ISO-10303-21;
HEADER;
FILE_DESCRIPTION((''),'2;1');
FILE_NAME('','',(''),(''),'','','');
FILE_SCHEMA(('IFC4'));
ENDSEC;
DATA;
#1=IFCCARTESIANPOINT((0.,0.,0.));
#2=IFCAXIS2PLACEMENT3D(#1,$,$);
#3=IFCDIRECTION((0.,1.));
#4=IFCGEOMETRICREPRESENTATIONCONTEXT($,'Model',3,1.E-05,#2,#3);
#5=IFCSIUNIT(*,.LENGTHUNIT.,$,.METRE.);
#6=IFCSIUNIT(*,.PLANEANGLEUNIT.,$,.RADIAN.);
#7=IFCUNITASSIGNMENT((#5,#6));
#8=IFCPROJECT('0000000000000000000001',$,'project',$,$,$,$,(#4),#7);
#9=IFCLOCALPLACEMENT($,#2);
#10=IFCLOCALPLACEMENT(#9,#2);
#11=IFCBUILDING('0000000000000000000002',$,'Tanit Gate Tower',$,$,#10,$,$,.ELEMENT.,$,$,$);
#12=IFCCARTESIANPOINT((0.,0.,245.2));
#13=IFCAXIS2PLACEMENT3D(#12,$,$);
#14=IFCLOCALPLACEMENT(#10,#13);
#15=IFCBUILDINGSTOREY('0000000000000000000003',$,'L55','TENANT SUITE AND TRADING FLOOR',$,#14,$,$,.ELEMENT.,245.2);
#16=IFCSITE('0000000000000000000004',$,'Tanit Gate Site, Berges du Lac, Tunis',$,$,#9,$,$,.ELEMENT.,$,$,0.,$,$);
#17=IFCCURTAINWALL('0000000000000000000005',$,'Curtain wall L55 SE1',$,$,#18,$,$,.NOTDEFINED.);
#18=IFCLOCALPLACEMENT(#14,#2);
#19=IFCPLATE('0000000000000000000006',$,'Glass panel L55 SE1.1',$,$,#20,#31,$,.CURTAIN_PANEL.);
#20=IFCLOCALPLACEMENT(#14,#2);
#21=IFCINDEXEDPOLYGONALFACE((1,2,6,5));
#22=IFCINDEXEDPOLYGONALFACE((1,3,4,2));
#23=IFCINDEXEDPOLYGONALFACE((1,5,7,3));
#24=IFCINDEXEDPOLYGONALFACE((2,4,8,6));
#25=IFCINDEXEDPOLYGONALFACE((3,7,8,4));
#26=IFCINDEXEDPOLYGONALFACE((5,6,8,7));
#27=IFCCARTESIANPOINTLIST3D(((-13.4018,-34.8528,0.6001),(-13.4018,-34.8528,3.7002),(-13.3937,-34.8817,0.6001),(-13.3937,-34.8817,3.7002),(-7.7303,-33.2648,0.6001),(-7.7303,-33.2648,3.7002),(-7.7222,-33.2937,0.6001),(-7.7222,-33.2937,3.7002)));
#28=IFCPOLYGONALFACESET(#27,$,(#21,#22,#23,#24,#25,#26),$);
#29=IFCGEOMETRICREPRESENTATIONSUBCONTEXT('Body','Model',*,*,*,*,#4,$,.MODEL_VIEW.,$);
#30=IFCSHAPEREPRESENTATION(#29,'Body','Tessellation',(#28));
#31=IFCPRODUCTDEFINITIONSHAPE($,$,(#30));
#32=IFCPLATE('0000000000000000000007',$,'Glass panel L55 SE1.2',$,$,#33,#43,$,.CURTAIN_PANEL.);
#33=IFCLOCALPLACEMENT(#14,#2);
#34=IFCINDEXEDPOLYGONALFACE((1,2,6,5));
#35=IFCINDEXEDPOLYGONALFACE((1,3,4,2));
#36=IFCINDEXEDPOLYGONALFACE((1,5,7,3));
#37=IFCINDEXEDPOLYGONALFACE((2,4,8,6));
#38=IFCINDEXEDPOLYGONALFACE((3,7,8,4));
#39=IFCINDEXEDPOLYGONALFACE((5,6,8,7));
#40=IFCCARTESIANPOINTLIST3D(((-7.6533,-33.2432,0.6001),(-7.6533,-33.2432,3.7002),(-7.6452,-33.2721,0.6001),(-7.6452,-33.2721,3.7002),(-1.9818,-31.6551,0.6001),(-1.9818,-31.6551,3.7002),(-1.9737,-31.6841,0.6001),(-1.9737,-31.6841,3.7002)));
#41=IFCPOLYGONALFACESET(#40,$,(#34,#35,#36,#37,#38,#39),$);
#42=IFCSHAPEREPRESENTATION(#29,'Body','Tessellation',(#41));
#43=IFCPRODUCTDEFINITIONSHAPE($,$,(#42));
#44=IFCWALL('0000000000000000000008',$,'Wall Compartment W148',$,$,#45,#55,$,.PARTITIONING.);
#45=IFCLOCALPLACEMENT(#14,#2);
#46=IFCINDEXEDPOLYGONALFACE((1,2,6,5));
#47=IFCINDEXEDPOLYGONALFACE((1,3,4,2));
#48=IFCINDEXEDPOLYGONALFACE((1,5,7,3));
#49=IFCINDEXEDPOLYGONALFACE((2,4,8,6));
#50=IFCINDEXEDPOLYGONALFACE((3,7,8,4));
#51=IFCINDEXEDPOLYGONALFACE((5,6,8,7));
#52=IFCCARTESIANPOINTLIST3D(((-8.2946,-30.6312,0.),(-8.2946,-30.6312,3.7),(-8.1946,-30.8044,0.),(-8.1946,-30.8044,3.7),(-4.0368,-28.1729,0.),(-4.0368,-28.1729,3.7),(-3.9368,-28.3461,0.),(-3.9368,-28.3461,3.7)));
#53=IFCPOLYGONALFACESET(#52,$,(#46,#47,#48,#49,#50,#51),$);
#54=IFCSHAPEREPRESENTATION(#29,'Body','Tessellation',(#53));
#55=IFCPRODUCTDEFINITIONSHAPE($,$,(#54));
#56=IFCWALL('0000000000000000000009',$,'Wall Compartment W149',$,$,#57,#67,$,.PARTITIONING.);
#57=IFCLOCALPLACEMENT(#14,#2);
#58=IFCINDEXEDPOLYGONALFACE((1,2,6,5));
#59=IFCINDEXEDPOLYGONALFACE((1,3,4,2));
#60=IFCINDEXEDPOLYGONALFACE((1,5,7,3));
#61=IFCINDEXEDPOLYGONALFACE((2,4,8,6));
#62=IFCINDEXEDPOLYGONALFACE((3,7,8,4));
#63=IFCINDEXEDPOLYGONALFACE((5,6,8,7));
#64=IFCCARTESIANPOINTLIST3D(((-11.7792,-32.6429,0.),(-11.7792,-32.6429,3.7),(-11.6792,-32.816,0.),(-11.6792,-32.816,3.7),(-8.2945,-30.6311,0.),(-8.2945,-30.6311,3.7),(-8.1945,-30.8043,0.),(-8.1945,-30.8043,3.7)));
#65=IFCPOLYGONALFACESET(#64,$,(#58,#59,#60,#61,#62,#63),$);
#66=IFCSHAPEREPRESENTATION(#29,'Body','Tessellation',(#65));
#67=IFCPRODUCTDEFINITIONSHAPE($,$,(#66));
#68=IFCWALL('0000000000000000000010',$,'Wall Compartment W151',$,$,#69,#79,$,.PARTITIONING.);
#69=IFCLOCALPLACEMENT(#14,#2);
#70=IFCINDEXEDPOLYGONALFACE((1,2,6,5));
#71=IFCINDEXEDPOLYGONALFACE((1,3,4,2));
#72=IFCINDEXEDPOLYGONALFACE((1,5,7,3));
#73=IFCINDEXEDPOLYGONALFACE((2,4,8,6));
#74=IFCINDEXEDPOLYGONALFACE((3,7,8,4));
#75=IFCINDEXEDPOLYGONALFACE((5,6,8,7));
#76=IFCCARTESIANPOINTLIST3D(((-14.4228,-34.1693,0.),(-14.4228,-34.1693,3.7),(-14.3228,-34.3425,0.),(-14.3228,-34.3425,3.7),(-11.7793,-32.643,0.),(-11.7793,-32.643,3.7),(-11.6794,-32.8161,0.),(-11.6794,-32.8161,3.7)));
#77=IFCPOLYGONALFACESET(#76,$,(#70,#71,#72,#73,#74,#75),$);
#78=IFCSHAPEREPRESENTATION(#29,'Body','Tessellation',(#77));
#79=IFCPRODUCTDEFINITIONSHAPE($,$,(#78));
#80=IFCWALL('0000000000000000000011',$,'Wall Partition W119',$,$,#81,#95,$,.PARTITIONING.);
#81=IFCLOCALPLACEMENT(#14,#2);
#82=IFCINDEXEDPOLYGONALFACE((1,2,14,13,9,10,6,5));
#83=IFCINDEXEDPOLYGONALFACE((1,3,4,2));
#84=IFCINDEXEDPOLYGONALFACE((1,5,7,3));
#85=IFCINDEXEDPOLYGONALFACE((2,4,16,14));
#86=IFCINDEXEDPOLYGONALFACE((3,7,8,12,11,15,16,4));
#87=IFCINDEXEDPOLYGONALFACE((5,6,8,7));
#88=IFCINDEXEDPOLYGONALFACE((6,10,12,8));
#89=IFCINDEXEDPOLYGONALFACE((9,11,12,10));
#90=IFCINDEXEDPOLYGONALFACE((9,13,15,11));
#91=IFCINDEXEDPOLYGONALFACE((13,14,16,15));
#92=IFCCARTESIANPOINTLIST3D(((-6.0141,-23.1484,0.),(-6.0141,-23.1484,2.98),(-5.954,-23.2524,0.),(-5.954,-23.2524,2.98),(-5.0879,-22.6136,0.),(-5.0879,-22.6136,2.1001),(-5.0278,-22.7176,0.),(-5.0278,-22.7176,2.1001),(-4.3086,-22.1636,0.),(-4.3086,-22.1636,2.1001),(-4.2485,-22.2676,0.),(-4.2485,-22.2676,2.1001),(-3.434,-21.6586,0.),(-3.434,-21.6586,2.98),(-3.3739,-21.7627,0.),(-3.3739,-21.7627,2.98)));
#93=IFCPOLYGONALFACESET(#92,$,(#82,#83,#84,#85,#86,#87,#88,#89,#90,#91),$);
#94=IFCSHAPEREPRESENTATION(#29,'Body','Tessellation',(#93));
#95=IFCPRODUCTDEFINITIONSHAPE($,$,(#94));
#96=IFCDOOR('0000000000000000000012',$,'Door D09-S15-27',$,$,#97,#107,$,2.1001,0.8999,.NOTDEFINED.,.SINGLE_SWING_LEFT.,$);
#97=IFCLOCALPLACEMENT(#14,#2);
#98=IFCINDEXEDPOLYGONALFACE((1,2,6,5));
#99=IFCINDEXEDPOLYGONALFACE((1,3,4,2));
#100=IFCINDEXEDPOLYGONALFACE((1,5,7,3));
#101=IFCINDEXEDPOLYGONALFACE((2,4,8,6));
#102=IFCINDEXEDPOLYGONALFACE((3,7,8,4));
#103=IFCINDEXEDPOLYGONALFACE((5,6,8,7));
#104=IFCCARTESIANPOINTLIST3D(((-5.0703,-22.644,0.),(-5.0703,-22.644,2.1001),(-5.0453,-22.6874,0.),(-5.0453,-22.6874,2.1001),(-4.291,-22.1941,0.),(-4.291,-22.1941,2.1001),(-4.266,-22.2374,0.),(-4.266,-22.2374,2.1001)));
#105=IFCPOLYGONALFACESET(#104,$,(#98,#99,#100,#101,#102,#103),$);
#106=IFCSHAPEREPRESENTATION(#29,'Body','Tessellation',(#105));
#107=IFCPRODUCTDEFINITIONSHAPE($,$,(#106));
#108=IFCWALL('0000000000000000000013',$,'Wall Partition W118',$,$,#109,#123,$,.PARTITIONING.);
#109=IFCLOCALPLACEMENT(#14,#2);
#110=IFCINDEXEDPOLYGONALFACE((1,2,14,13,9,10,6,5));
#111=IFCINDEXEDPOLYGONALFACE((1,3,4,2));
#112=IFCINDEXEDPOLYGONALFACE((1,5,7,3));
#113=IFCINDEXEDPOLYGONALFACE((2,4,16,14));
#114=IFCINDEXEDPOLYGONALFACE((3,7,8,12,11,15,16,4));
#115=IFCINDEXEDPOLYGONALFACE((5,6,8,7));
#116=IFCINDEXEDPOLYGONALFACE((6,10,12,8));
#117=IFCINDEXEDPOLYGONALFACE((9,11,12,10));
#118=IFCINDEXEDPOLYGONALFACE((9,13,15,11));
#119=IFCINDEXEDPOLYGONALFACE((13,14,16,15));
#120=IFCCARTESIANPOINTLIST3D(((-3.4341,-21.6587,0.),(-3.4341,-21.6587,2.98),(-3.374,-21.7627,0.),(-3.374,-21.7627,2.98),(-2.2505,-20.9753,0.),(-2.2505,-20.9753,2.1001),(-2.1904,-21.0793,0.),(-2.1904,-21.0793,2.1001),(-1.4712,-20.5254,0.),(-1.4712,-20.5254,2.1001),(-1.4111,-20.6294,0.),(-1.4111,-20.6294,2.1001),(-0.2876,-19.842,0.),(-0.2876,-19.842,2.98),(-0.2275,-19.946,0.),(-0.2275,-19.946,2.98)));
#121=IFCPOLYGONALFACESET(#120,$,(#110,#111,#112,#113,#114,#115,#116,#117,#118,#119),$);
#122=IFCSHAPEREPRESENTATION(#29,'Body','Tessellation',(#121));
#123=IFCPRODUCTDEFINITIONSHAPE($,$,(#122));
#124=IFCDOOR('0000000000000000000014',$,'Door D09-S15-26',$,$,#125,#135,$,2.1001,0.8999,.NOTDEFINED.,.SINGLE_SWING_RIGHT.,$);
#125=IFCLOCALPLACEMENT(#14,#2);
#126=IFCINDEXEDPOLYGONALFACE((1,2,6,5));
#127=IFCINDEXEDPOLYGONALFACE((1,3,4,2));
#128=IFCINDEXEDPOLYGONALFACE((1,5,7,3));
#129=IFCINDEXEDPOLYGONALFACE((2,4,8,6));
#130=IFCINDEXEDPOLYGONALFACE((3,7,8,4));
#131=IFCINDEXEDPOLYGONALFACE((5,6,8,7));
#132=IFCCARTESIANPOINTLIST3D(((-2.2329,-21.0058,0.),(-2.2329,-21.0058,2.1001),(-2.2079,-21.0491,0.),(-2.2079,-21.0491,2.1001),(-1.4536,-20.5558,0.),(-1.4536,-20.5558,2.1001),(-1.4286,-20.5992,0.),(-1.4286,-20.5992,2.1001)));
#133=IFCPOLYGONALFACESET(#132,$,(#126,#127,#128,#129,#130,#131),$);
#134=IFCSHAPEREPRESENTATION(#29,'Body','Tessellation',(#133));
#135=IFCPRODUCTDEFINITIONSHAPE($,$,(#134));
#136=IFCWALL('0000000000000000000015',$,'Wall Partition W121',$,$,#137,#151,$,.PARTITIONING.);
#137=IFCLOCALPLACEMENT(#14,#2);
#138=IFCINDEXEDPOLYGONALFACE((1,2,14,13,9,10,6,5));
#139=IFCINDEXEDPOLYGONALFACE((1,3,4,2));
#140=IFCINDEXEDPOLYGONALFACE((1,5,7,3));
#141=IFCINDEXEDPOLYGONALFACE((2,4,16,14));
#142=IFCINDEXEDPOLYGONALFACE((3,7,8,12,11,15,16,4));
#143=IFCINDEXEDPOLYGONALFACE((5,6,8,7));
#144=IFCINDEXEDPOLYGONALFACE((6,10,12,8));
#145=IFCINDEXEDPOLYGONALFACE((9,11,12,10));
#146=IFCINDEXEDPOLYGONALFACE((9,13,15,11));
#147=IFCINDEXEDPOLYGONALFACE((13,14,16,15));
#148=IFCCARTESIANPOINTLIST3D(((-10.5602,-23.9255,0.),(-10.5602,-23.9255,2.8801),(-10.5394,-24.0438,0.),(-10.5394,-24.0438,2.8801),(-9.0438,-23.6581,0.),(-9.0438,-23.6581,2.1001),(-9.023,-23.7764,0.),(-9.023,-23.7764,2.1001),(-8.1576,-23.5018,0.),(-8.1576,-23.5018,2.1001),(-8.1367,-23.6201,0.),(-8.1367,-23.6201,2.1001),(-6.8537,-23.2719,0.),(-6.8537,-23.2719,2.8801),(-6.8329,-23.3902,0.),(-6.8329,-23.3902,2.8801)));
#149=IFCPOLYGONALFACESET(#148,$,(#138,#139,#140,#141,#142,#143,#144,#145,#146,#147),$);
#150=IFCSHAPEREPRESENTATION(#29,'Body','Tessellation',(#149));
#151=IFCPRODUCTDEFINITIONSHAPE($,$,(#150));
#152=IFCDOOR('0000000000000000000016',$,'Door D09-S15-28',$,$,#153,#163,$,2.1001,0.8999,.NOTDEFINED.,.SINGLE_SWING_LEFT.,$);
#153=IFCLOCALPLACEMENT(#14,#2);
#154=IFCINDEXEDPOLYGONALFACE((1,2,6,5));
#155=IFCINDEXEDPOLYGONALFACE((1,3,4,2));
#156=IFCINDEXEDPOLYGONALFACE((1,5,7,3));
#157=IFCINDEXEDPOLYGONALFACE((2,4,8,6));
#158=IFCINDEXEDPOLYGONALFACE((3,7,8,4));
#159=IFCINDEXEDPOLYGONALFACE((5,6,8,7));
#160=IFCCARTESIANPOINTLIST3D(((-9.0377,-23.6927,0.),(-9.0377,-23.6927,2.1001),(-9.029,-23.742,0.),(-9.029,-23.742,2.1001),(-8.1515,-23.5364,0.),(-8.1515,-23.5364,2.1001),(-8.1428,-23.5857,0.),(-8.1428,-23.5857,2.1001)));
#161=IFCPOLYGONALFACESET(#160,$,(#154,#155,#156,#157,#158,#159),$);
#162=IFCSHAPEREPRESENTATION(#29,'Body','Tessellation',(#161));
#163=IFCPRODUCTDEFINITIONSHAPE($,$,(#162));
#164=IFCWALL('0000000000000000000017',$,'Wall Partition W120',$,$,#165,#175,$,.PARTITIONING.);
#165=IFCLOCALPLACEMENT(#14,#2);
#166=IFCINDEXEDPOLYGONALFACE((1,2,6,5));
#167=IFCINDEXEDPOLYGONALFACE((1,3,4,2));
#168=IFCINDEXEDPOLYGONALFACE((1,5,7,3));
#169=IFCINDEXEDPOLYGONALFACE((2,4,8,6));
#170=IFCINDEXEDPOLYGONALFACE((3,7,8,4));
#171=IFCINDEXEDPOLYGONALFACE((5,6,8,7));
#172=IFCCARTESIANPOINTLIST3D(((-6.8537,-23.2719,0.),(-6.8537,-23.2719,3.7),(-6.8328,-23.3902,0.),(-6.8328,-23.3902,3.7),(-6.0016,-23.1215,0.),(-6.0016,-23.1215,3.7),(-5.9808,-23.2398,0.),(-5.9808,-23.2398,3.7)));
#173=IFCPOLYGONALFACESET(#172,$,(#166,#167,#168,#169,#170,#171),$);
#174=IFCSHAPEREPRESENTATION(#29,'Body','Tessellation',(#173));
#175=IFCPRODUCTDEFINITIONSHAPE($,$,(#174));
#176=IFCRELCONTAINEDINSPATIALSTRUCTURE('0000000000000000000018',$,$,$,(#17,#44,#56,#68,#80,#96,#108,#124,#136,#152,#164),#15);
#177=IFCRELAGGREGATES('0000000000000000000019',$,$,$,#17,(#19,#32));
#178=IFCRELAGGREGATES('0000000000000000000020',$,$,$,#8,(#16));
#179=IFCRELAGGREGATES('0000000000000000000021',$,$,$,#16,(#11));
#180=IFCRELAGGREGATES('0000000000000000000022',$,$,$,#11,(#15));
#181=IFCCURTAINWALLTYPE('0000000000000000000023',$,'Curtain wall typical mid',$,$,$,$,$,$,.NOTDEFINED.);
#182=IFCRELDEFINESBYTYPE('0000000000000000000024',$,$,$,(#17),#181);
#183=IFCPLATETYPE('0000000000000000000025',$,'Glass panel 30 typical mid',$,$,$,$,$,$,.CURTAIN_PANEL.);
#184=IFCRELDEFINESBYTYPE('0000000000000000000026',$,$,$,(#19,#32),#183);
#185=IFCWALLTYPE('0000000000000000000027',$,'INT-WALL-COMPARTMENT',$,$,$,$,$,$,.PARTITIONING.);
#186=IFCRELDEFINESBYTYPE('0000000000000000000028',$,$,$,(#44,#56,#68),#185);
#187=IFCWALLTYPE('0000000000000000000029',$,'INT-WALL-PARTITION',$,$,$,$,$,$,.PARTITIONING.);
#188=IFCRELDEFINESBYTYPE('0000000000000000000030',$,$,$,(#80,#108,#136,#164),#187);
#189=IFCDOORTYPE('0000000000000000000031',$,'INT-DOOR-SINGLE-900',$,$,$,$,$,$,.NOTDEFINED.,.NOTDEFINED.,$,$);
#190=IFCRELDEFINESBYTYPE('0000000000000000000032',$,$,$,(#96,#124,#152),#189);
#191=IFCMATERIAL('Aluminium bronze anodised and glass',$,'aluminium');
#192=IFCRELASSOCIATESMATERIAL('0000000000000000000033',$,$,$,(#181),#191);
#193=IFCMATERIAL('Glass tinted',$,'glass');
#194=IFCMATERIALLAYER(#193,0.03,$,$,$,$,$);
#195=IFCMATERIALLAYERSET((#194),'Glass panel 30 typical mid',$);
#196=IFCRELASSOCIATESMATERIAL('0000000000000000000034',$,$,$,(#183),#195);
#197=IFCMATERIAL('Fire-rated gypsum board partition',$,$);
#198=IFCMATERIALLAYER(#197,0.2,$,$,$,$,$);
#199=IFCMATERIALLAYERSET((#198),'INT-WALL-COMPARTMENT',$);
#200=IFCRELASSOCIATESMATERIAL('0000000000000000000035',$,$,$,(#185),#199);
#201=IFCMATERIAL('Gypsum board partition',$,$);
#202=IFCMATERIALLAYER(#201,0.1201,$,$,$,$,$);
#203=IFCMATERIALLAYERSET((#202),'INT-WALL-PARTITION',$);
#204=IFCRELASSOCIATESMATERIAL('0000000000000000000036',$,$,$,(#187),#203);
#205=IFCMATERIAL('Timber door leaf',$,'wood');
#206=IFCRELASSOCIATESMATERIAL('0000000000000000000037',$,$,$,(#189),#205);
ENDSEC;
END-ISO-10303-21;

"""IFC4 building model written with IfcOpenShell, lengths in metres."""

from ifc_helpers import new_model, si_unit, direction, frame, frame_2d, origin, origin_2d, place, context, subcontext, project, spatial, rectangle, extrude, material, layer, layer_set, type_object, element, fill, aggregate, save


model = new_model("IFC4")

# Units and contexts
model_context = context("Model", 3, precision=1e-05, world=origin(), true_north=direction((0.0, 1.0)))
body_context = subcontext(model_context, "Body", "Model", "MODEL_VIEW")
ifc_project = project(units=[si_unit("LENGTHUNIT", "METRE"), si_unit("PLANEANGLEUNIT", "RADIAN")], contexts=[model_context])

# Site, building, storey
site_placement = place(None, origin())
site = spatial("IfcSite", under=ifc_project, at=site_placement, Name="Tanit Gate Site, Berges du Lac, Tunis", CompositionType="ELEMENT", RefElevation=0.0)
building_placement = place(site_placement, origin())
building = spatial("IfcBuilding", under=site, at=building_placement, Name="Tanit Gate Tower", CompositionType="ELEMENT")
storey_placement = place(building_placement, frame((0.0, 0.0, 245.2)))
storey = spatial("IfcBuildingStorey", under=building, at=storey_placement, Name="L55", Description="TENANT SUITE AND TRADING FLOOR", CompositionType="ELEMENT", Elevation=245.2)

# Curtain wall
ifc_material_1 = material(Name="Aluminium bronze anodised and glass", Category="aluminium")
curtain_wall_type = type_object("IfcCurtainWallType", Name="Curtain wall typical mid", PredefinedType="NOTDEFINED", material=ifc_material_1)
curtain_wall_placement = place(storey_placement, origin())
curtain_wall = element("IfcCurtainWall", 1, at=curtain_wall_placement, inside=storey, type_object=curtain_wall_type, Name="Curtain wall L55 SE1", PredefinedType="NOTDEFINED")

# Plates
ifc_material_2 = material(Name="Glass tinted", Category="glass")
ifc_layer_1 = layer(ifc_material_2, 0.03)
ifc_layer_set_1 = layer_set([ifc_layer_1], Name="Glass panel 30 typical mid")
plate_type = type_object("IfcPlateType", Name="Glass panel 30 typical mid", PredefinedType="CURTAIN_PANEL", material=ifc_layer_set_1)
plate_1_placement = place(storey_placement, frame((-10.562, -34.0732, 0.6001), z_axis=(0.0, 0.0, 1.0), x_axis=(0.962964, 0.269632, 0.0)))
plate_1 = element("IfcPlate", 2, at=plate_1_placement, type_object=plate_type, Name="Glass panel L55 SE1.1", PredefinedType="CURTAIN_PANEL", context=body_context, shape_type="SweptSolid", body=[
    extrude(rectangle(XDim=5.8896, YDim=0.03, at=origin_2d()), origin(), (0.0, 0.0, 1.0), 3.1001),
])
plate_2_placement = place(storey_placement, frame((-4.8135, -32.4636, 0.6001), z_axis=(0.0, 0.0, 1.0), x_axis=(0.962964, 0.269632, 0.0)))
plate_2 = element("IfcPlate", 3, at=plate_2_placement, type_object=plate_type, Name="Glass panel L55 SE1.2", PredefinedType="CURTAIN_PANEL", context=body_context, shape_type="SweptSolid", body=[
    extrude(rectangle(XDim=5.8896, YDim=0.03, at=origin_2d()), origin(), (0.0, 0.0, 1.0), 3.1001),
])
aggregate(curtain_wall, [plate_1, plate_2])

# Walls
ifc_material_3 = material(Name="Fire-rated gypsum board partition")
ifc_layer_2 = layer(ifc_material_3, 0.2)
ifc_layer_set_2 = layer_set([ifc_layer_2], Name="INT-WALL-COMPARTMENT")
wall_type_1 = type_object("IfcWallType", Name="INT-WALL-COMPARTMENT", PredefinedType="PARTITIONING", material=ifc_layer_set_2)
wall_1_placement = place(storey_placement, frame((-3.9868, -28.2595, 0.0), z_axis=(0.0, 0.0, 1.0), x_axis=(-0.866025, -0.5, 0.0)))
element("IfcWall", 4, at=wall_1_placement, inside=storey, type_object=wall_type_1, Name="Wall Compartment W148", PredefinedType="PARTITIONING", context=body_context, shape_type="SweptSolid", body=[
    extrude(rectangle(XDim=4.9165, YDim=0.2, at=frame_2d((2.4583, 0.0))), origin(), (0.0, 0.0, 1.0), 3.7),
])
wall_2_placement = place(storey_placement, frame((-8.2446, -30.7178, 0.0), z_axis=(0.0, 0.0, 1.0), x_axis=(-0.866039, -0.499976, 0.0)))
element("IfcWall", 5, at=wall_2_placement, inside=storey, type_object=wall_type_1, Name="Wall Compartment W149", PredefinedType="PARTITIONING", context=body_context, shape_type="SweptSolid", body=[
    extrude(rectangle(XDim=4.0237, YDim=0.2, at=frame_2d((2.0117, 0.0))), origin(), (0.0, 0.0, 1.0), 3.7),
])
wall_3_placement = place(storey_placement, frame((-11.7292, -32.7295, 0.0), z_axis=(0.0, 0.0, 1.0), x_axis=(-0.86601, -0.500027, 0.0)))
element("IfcWall", 6, at=wall_3_placement, inside=storey, type_object=wall_type_1, Name="Wall Compartment W151", PredefinedType="PARTITIONING", context=body_context, shape_type="SweptSolid", body=[
    extrude(rectangle(XDim=3.0525, YDim=0.2, at=frame_2d((1.5264, 0.0))), origin(), (0.0, 0.0, 1.0), 3.7),
])

# Walls, openings, doors
ifc_material_4 = material(Name="Gypsum board partition")
ifc_layer_3 = layer(ifc_material_4, 0.1201)
ifc_layer_set_3 = layer_set([ifc_layer_3], Name="INT-WALL-PARTITION")
wall_type_2 = type_object("IfcWallType", Name="INT-WALL-PARTITION", PredefinedType="PARTITIONING", material=ifc_layer_set_3)
wall_4_placement = place(storey_placement, frame((-5.9841, -23.2004, 0.0), z_axis=(0.0, 0.0, 1.0), x_axis=(0.866005, 0.500035, 0.0)))
wall_4 = element("IfcWall", 7, at=wall_4_placement, inside=storey, type_object=wall_type_2, Name="Wall Partition W119", PredefinedType="PARTITIONING", context=body_context, shape_type="SweptSolid", body=[
    extrude(rectangle(XDim=2.9792, YDim=0.1201, at=frame_2d((1.4897, 0.0))), origin(), (0.0, 0.0, 1.0), 2.98),
])
opening_1_placement = place(wall_4_placement, frame((1.0696, 0.0, 0.0)))
opening_1 = element("IfcOpeningElement", 8, at=opening_1_placement, cuts=wall_4, PredefinedType="OPENING", context=body_context, shape_type="SweptSolid", body=[
    extrude(rectangle(XDim=0.8999, YDim=2.1001, at=frame_2d((0.45, 1.05))), frame((0.0, 0.0701, 0.0), z_axis=(0.0, -1.0, 0.0), x_axis=(1.0, 0.0, 0.0)), (0.0, 0.0, 1.0), 0.1401),
])
ifc_material_5 = material(Name="Timber door leaf", Category="wood")
door_type_1 = type_object("IfcDoorType", Name="INT-DOOR-SINGLE-900", OperationType="NOTDEFINED", PredefinedType="NOTDEFINED", material=ifc_material_5)
door_1_placement = place(opening_1_placement, origin())
door_1 = element("IfcDoor", 9, at=door_1_placement, inside=storey, type_object=door_type_1, Name="Door D09-S15-27", OperationType="SINGLE_SWING_LEFT", OverallHeight=2.1001, OverallWidth=0.8999, PredefinedType="NOTDEFINED", context=body_context, shape_type="SweptSolid", body=[
    extrude(rectangle(XDim=0.8999, YDim=2.1001, at=frame_2d((0.45, 1.05))), frame((0.0, 0.0249, 0.0), z_axis=(0.0, -1.0, 0.0), x_axis=(1.0, 0.0, 0.0)), (0.0, 0.0, 1.0), 0.05),
])
fill(opening_1, door_1)
wall_5_placement = place(storey_placement, frame((-3.4041, -21.7107, 0.0), z_axis=(0.0, 0.0, 1.0), x_axis=(0.866022, 0.500006, 0.0)))
wall_5 = element("IfcWall", 10, at=wall_5_placement, inside=storey, type_object=wall_type_2, Name="Wall Partition W118", PredefinedType="PARTITIONING", context=body_context, shape_type="SweptSolid", body=[
    extrude(rectangle(XDim=3.6333, YDim=0.1201, at=frame_2d((1.8167, 0.0))), origin(), (0.0, 0.0, 1.0), 2.98),
])
opening_2_placement = place(wall_5_placement, frame((1.3667, 0.0, 0.0)))
opening_2 = element("IfcOpeningElement", 11, at=opening_2_placement, cuts=wall_5, PredefinedType="OPENING", context=body_context, shape_type="SweptSolid", body=[
    extrude(rectangle(XDim=0.8999, YDim=2.1001, at=frame_2d((0.45, 1.05))), frame((0.0, 0.0701, 0.0), z_axis=(0.0, -1.0, 0.0), x_axis=(1.0, 0.0, 0.0)), (0.0, 0.0, 1.0), 0.1401),
])
door_2_placement = place(opening_2_placement, origin())
door_2 = element("IfcDoor", 12, at=door_2_placement, inside=storey, type_object=door_type_1, Name="Door D09-S15-26", OperationType="SINGLE_SWING_RIGHT", OverallHeight=2.1001, OverallWidth=0.8999, PredefinedType="NOTDEFINED", context=body_context, shape_type="SweptSolid", body=[
    extrude(rectangle(XDim=0.8999, YDim=2.1001, at=frame_2d((0.45, 1.05))), frame((0.0, 0.0249, 0.0), z_axis=(0.0, -1.0, 0.0), x_axis=(1.0, 0.0, 0.0)), (0.0, 0.0, 1.0), 0.05),
])
fill(opening_2, door_2)
wall_6_placement = place(storey_placement, frame((-10.5498, -23.9846, 0.0), z_axis=(0.0, 0.0, 1.0), x_axis=(0.984808, 0.173648, 0.0)))
wall_6 = element("IfcWall", 13, at=wall_6_placement, inside=storey, type_object=wall_type_2, Name="Wall Partition W121", PredefinedType="PARTITIONING", context=body_context, shape_type="SweptSolid", body=[
    extrude(rectangle(XDim=3.7637, YDim=0.1201, at=frame_2d((1.8818, 0.0))), origin(), (0.0, 0.0, 1.0), 2.8801),
])
opening_3_placement = place(wall_6_placement, frame((1.5398, 0.0, 0.0)))
opening_3 = element("IfcOpeningElement", 14, at=opening_3_placement, cuts=wall_6, PredefinedType="OPENING", context=body_context, shape_type="SweptSolid", body=[
    extrude(rectangle(XDim=0.8999, YDim=2.1001, at=frame_2d((0.45, 1.05))), frame((0.0, 0.0701, 0.0), z_axis=(0.0, -1.0, 0.0), x_axis=(1.0, 0.0, 0.0)), (0.0, 0.0, 1.0), 0.1401),
])
door_3_placement = place(opening_3_placement, origin())
door_3 = element("IfcDoor", 15, at=door_3_placement, inside=storey, type_object=door_type_1, Name="Door D09-S15-28", OperationType="SINGLE_SWING_LEFT", OverallHeight=2.1001, OverallWidth=0.8999, PredefinedType="NOTDEFINED", context=body_context, shape_type="SweptSolid", body=[
    extrude(rectangle(XDim=0.8999, YDim=2.1001, at=frame_2d((0.45, 1.05))), frame((0.0, 0.0249, 0.0), z_axis=(0.0, -1.0, 0.0), x_axis=(1.0, 0.0, 0.0)), (0.0, 0.0, 1.0), 0.05),
])
fill(opening_3, door_3)

# Wall
wall_7_placement = place(storey_placement, frame((-6.8433, -23.3311, 0.0), z_axis=(0.0, 0.0, 1.0), x_axis=(0.984778, 0.173818, 0.0)))
element("IfcWall", 16, at=wall_7_placement, inside=storey, type_object=wall_type_2, Name="Wall Partition W120", PredefinedType="PARTITIONING", context=body_context, shape_type="SweptSolid", body=[
    extrude(rectangle(XDim=0.8652, YDim=0.1201, at=frame_2d((0.4326, 0.0))), origin(), (0.0, 0.0, 1.0), 3.7),
])

save(model, "model.ifc")
